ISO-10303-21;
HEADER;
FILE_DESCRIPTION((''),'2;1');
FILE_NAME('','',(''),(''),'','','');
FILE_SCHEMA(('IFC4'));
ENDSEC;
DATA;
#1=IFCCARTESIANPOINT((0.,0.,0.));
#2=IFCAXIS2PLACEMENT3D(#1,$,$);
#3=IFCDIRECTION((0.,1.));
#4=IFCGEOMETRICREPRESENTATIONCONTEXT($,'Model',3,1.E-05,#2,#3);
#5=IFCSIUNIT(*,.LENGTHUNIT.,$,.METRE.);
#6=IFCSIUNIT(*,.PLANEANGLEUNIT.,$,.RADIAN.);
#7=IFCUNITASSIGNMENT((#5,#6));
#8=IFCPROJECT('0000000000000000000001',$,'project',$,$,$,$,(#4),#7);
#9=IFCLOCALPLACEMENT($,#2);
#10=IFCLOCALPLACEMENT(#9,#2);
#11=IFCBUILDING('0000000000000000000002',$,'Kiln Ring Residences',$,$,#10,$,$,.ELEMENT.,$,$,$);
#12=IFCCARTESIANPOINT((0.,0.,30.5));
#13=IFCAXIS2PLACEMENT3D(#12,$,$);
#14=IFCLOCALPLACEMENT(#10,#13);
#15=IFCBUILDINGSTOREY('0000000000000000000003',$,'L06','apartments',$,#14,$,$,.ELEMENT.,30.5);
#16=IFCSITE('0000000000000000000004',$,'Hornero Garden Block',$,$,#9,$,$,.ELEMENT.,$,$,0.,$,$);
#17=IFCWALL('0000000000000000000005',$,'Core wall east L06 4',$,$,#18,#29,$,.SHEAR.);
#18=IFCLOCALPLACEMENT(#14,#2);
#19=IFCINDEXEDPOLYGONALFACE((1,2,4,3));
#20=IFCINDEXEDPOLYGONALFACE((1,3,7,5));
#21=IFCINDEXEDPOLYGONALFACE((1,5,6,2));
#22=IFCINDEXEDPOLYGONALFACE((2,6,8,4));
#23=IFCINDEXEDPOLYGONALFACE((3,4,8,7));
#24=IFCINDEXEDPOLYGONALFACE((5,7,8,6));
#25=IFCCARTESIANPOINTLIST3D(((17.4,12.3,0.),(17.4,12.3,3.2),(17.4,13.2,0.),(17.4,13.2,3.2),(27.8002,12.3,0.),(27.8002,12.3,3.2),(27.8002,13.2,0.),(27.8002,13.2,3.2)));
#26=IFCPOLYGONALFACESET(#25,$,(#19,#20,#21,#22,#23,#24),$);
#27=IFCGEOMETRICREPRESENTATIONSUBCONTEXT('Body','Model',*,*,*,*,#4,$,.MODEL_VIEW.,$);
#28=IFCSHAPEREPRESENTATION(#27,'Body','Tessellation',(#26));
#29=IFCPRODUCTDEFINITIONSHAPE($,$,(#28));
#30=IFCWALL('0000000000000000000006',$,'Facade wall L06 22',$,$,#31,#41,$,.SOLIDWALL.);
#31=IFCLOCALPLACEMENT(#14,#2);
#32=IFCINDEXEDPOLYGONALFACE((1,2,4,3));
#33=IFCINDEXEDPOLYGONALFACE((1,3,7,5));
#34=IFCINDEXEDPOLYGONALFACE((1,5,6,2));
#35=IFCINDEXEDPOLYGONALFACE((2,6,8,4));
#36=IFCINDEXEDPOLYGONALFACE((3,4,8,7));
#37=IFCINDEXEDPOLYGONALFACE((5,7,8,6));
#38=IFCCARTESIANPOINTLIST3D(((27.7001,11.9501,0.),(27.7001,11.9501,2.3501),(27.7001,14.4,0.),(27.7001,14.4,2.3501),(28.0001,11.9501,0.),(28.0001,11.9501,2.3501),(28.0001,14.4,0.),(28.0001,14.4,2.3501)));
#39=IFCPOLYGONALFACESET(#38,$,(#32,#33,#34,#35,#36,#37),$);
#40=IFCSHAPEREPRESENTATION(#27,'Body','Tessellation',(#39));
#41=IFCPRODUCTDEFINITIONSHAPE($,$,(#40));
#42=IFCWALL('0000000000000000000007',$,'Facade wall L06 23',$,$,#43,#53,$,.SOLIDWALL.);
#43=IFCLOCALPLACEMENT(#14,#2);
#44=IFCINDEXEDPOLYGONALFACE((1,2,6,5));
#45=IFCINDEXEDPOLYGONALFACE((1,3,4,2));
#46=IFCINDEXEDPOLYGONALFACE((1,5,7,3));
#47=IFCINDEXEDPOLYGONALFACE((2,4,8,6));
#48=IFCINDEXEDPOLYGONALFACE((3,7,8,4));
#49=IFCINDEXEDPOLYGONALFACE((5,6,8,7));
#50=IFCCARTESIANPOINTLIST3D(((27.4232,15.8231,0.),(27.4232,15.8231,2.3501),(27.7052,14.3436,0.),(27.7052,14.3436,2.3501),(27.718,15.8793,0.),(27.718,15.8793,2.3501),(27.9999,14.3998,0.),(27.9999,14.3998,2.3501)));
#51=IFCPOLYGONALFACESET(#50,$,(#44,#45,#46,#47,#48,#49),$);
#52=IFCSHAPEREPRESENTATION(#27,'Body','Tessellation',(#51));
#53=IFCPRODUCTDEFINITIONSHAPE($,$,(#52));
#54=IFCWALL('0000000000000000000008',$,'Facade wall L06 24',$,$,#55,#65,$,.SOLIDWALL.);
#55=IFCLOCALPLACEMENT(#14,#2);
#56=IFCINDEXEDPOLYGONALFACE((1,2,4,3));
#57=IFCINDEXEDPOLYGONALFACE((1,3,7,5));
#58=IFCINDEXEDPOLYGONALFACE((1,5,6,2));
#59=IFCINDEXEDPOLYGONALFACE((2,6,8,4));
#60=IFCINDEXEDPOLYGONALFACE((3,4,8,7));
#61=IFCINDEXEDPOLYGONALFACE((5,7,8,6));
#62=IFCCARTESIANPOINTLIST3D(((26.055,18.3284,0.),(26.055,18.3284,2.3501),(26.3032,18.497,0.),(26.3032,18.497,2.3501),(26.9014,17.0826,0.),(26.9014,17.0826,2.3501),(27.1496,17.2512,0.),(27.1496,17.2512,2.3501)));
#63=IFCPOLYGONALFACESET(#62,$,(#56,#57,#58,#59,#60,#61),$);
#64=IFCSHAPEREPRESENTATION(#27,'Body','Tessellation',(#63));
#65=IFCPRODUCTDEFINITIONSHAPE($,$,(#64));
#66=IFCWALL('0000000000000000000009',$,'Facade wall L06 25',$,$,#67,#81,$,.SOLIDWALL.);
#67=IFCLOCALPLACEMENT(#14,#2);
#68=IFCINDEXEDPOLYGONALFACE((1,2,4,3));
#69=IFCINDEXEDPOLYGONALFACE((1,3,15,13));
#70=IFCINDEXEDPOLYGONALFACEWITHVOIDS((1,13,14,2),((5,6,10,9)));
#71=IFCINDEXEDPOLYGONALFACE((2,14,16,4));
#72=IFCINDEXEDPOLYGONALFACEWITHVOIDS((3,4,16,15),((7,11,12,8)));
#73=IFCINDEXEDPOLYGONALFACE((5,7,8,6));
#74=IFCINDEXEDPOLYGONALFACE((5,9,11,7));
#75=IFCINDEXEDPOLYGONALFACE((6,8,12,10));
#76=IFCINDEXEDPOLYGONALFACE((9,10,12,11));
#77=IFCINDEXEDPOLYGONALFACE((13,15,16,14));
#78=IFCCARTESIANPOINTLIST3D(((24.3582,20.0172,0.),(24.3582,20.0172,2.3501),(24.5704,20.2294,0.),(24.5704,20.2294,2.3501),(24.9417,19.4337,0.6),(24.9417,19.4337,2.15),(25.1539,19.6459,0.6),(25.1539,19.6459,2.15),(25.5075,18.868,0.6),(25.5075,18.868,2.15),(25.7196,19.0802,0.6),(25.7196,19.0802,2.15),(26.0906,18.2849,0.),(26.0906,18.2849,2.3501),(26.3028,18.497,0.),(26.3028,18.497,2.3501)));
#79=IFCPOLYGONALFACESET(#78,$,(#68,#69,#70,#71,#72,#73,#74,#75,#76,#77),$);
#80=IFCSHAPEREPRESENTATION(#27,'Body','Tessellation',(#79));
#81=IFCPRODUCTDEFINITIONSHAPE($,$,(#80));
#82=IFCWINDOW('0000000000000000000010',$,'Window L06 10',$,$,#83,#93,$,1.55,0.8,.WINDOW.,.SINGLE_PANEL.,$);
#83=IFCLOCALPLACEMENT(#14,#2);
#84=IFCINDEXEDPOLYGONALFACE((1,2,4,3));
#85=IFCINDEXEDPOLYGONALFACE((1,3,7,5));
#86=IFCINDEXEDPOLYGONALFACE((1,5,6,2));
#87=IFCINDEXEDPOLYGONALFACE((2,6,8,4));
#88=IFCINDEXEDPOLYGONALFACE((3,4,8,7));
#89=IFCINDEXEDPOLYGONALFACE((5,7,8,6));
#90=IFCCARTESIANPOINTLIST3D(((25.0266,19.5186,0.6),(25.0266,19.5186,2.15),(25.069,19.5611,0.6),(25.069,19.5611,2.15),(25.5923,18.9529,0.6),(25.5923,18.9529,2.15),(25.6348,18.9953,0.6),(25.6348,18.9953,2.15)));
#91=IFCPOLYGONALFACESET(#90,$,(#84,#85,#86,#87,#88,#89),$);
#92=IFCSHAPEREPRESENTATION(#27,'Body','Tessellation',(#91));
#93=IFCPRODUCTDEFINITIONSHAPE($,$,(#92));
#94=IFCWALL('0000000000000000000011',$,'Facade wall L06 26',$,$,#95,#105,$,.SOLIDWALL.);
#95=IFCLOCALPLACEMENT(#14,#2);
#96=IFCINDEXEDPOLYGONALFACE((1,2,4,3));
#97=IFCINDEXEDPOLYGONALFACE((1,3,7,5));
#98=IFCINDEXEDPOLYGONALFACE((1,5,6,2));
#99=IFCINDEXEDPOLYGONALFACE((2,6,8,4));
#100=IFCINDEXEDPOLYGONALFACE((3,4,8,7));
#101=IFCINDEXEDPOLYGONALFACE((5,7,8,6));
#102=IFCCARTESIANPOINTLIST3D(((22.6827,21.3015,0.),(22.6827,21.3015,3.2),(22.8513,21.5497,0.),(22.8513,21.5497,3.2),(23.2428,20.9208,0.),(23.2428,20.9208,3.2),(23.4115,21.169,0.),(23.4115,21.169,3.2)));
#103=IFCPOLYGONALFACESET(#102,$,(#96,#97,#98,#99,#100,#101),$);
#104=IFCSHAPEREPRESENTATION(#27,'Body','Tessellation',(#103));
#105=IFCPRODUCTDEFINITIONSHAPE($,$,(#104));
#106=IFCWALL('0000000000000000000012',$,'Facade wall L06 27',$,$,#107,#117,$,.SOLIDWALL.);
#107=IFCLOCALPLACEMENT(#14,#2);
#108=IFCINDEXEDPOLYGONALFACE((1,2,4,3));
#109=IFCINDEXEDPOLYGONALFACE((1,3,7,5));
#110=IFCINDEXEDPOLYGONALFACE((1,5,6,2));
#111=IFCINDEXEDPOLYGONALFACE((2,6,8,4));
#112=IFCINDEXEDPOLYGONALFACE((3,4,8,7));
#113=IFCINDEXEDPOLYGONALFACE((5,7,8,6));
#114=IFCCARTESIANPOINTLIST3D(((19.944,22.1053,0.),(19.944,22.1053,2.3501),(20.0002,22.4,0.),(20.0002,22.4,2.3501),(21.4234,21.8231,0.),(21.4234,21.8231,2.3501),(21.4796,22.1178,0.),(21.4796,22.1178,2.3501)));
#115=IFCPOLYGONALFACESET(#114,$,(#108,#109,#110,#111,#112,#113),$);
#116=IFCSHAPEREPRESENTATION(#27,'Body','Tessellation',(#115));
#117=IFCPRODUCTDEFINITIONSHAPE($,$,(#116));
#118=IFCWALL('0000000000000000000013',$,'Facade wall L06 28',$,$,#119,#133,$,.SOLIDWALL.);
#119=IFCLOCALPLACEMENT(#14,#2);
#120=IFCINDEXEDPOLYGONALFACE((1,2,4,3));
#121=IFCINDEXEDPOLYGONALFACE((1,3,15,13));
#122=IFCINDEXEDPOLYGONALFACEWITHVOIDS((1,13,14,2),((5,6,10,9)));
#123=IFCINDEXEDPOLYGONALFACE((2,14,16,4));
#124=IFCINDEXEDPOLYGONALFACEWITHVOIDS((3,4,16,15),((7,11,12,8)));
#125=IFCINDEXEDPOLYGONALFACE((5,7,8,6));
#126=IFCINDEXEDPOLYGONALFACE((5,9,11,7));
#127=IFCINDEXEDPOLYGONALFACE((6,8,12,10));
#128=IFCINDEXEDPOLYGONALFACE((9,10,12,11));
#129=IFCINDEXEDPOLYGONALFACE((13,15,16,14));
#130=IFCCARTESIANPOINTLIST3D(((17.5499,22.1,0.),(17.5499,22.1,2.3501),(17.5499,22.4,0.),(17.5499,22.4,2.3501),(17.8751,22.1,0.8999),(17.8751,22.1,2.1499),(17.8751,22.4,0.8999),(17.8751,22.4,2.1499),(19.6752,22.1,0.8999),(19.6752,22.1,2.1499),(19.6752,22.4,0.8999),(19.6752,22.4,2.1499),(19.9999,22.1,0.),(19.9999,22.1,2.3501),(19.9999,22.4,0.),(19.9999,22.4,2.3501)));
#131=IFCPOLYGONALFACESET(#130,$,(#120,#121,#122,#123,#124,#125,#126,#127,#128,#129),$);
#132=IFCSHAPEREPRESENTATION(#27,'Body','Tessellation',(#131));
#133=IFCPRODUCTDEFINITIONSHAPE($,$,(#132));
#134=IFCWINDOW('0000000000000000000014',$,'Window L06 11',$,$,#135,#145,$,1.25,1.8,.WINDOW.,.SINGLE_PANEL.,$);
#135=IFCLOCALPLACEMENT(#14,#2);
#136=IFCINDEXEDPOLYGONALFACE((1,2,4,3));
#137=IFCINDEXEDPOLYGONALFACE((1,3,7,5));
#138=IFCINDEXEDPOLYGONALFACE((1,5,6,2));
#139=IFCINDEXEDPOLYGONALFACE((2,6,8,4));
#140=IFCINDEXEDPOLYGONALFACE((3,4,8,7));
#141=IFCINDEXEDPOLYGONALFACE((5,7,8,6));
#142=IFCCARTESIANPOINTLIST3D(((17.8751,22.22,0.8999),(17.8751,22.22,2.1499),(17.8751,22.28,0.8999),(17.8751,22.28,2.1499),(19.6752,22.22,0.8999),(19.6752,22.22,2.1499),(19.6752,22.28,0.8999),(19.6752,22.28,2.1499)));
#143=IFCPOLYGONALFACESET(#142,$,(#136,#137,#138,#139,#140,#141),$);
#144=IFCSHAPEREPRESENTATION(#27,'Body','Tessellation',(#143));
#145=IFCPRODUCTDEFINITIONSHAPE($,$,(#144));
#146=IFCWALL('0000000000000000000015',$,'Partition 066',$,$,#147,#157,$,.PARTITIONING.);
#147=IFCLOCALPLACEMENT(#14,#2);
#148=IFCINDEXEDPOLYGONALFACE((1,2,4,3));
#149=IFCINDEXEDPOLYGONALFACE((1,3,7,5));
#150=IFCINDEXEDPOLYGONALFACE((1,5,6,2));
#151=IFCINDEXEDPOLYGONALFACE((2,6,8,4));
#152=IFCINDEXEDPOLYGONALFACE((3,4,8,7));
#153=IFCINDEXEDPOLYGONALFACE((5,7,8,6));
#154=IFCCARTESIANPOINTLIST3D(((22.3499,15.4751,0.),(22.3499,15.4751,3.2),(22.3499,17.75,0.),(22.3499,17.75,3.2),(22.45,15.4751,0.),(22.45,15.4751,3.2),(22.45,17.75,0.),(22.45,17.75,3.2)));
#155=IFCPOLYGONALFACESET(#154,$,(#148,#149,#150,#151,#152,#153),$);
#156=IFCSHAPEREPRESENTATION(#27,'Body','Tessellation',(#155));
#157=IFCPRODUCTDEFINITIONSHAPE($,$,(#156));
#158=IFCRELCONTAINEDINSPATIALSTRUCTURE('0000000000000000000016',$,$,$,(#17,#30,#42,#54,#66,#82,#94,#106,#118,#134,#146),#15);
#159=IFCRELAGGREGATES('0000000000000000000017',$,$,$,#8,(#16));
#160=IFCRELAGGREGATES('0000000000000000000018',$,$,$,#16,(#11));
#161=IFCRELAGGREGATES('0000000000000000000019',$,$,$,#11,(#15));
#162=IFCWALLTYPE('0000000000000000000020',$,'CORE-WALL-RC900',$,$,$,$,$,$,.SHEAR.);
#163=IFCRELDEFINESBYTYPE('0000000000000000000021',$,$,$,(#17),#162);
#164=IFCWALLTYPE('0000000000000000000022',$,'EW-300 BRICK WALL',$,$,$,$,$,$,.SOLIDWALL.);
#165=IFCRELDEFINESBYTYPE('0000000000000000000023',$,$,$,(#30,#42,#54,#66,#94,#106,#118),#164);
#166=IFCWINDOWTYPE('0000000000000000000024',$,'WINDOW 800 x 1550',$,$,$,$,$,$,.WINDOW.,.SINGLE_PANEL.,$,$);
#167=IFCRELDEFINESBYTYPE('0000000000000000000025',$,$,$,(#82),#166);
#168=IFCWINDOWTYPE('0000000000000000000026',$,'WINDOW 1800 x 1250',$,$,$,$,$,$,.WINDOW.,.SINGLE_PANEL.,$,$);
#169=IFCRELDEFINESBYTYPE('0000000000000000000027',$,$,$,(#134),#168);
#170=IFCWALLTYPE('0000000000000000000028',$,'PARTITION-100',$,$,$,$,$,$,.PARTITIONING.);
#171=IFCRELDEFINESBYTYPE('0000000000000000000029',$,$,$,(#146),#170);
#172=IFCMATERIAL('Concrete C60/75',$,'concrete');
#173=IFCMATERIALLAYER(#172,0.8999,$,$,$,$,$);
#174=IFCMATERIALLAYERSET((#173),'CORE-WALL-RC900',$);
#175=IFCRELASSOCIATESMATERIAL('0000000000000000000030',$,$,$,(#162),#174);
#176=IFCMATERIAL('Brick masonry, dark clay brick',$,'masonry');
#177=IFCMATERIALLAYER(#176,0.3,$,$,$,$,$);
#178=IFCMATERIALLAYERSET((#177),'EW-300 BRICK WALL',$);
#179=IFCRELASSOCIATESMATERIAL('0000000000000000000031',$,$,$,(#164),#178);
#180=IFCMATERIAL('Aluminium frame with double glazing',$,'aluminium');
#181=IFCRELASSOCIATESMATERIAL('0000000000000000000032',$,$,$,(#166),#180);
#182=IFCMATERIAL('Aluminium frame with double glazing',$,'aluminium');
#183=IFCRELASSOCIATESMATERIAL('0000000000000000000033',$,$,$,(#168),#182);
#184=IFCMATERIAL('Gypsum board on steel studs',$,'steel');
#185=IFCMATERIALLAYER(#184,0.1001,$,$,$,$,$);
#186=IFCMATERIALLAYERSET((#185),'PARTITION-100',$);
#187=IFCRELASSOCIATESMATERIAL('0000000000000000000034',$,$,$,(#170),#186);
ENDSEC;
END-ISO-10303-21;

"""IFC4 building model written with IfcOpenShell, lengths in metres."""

from ifc_helpers import new_model, si_unit, direction, frame, frame_2d, origin, place, context, subcontext, project, spatial, rectangle, extrude, material, layer, layer_set, type_object, element, fill, save


model = new_model("IFC4")

# Units and contexts
model_context = context("Model", 3, precision=1e-05, world=origin(), true_north=direction((0.0, 1.0)))
body_context = subcontext(model_context, "Body", "Model", "MODEL_VIEW")
ifc_project = project(units=[si_unit("LENGTHUNIT", "METRE"), si_unit("PLANEANGLEUNIT", "RADIAN")], contexts=[model_context])

# Site, building, storey
site_placement = place(None, origin())
site = spatial("IfcSite", under=ifc_project, at=site_placement, Name="Hornero Garden Block", CompositionType="ELEMENT", RefElevation=0.0)
building_placement = place(site_placement, origin())
building = spatial("IfcBuilding", under=site, at=building_placement, Name="Kiln Ring Residences", CompositionType="ELEMENT")
storey_placement = place(building_placement, frame((0.0, 0.0, 30.5)))
storey = spatial("IfcBuildingStorey", under=building, at=storey_placement, Name="L06", Description="apartments", CompositionType="ELEMENT", Elevation=30.5)

# Walls
ifc_material_1 = material(Name="Concrete C60/75", Category="concrete")
ifc_layer_1 = layer(ifc_material_1, 0.8999)
ifc_layer_set_1 = layer_set([ifc_layer_1], Name="CORE-WALL-RC900")
wall_type_1 = type_object("IfcWallType", Name="CORE-WALL-RC900", PredefinedType="SHEAR", material=ifc_layer_set_1)
wall_1_placement = place(storey_placement, frame((17.3999, 12.75, 0.0), z_axis=(0.0, 0.0, 1.0), x_axis=(1.0, 0.0, 0.0)))
element("IfcWall", 1, at=wall_1_placement, inside=storey, type_object=wall_type_1, Name="Core wall east L06 4", PredefinedType="SHEAR", context=body_context, shape_type="SweptSolid", body=[
    extrude(rectangle(XDim=10.4001, YDim=0.8999, at=frame_2d((5.2002, 0.0))), origin(), (0.0, 0.0, 1.0), 3.2),
])
ifc_material_2 = material(Name="Brick masonry, dark clay brick", Category="masonry")
ifc_layer_2 = layer(ifc_material_2, 0.3)
ifc_layer_set_2 = layer_set([ifc_layer_2], Name="EW-300 BRICK WALL")
wall_type_2 = type_object("IfcWallType", Name="EW-300 BRICK WALL", PredefinedType="SOLIDWALL", material=ifc_layer_set_2)
wall_2_placement = place(storey_placement, frame((27.8501, 11.95, 0.0), z_axis=(0.0, 0.0, 1.0), x_axis=(0.0, 1.0, 0.0)))
element("IfcWall", 2, at=wall_2_placement, inside=storey, type_object=wall_type_2, Name="Facade wall L06 22", PredefinedType="SOLIDWALL", context=body_context, shape_type="SweptSolid", body=[
    extrude(rectangle(XDim=2.45, YDim=0.3, at=frame_2d((1.2251, 0.0))), origin(), (0.0, 0.0, 1.0), 2.3501),
])
for number, where, z_axis, x_axis, name in (
    (3, (27.8525, 14.3718, 0.0), (0.0, 0.0, 1.0), (-0.187224, 0.982317, 0.0), "Facade wall L06 23"),
    (4, (27.0254, 17.167, 0.0), (0.0, 0.0, 1.0), (-0.561973, 0.827156, 0.0), "Facade wall L06 24"),
):
    element("IfcWall", number, at=place(storey_placement, frame(where, z_axis=z_axis, x_axis=x_axis)), inside=storey, type_object=wall_type_2, Name=name, PredefinedType="SOLIDWALL", context=body_context, shape_type="SweptSolid", body=[
        extrude(rectangle(XDim=1.5061, YDim=0.3, at=frame_2d((0.7529, 0.0))), origin(), (0.0, 0.0, 1.0), 2.3501),
    ])

# Wall, opening, window
wall_3_placement = place(storey_placement, frame((26.1968, 18.3909, 0.0), z_axis=(0.0, 0.0, 1.0), x_axis=(-0.707107, 0.707107, 0.0)))
wall_3 = element("IfcWall", 5, at=wall_3_placement, inside=storey, type_object=wall_type_2, Name="Facade wall L06 25", PredefinedType="SOLIDWALL", context=body_context, shape_type="SweptSolid", body=[
    extrude(rectangle(XDim=2.45, YDim=0.3, at=frame_2d((1.2251, 0.0))), origin(), (0.0, 0.0, 1.0), 2.3501),
])
opening_1_placement = place(wall_3_placement, frame((0.825, 0.0, 0.6001)))
opening_1 = element("IfcOpeningElement", 6, at=opening_1_placement, cuts=wall_3, PredefinedType="OPENING", context=body_context, shape_type="SweptSolid", body=[
    extrude(rectangle(XDim=0.8, YDim=1.55, at=frame_2d((0.3999, 0.7749))), frame((0.0, 0.1599, 0.0), z_axis=(0.0, -1.0, 0.0), x_axis=(1.0, 0.0, 0.0)), (0.0, 0.0, 1.0), 0.3201),
])
ifc_material_3 = material(Name="Aluminium frame with double glazing", Category="aluminium")
window_type_1 = type_object("IfcWindowType", Name="WINDOW 800 x 1550", PartitioningType="SINGLE_PANEL", PredefinedType="WINDOW", material=ifc_material_3)
window_1_placement = place(opening_1_placement, origin())
window_1 = element("IfcWindow", 7, at=window_1_placement, inside=storey, type_object=window_type_1, Name="Window L06 10", OverallHeight=1.55, OverallWidth=0.8, PartitioningType="SINGLE_PANEL", PredefinedType="WINDOW", context=body_context, shape_type="SweptSolid", body=[
    extrude(rectangle(XDim=0.8, YDim=1.55, at=frame_2d((0.3999, 0.7749))), frame((0.0, 0.03, 0.0), z_axis=(0.0, -1.0, 0.0), x_axis=(1.0, 0.0, 0.0)), (0.0, 0.0, 1.0), 0.0601),
])
fill(opening_1, window_1)

# Walls
wall_4_placement = place(storey_placement, frame((23.3271, 21.0449, 0.0), z_axis=(0.0, 0.0, 1.0), x_axis=(-0.827081, 0.562083, 0.0)))
element("IfcWall", 8, at=wall_4_placement, inside=storey, type_object=wall_type_2, Name="Facade wall L06 26", PredefinedType="SOLIDWALL", context=body_context, shape_type="SweptSolid", body=[
    extrude(rectangle(XDim=0.6772, YDim=0.3, at=frame_2d((0.3386, 0.0))), origin(), (0.0, 0.0, 1.0), 3.2),
])
wall_5_placement = place(storey_placement, frame((21.4514, 21.9705, 0.0), z_axis=(0.0, 0.0, 1.0), x_axis=(-0.982287, 0.18738, 0.0)))
element("IfcWall", 9, at=wall_5_placement, inside=storey, type_object=wall_type_2, Name="Facade wall L06 27", PredefinedType="SOLIDWALL", context=body_context, shape_type="SweptSolid", body=[
    extrude(rectangle(XDim=1.5061, YDim=0.3, at=frame_2d((0.7529, 0.0))), origin(), (0.0, 0.0, 1.0), 2.3501),
])

# Wall, opening, window
wall_6_placement = place(storey_placement, frame((20.0, 22.25, 0.0), z_axis=(0.0, 0.0, 1.0), x_axis=(-1.0, 0.0, 0.0)))
wall_6 = element("IfcWall", 10, at=wall_6_placement, inside=storey, type_object=wall_type_2, Name="Facade wall L06 28", PredefinedType="SOLIDWALL", context=body_context, shape_type="SweptSolid", body=[
    extrude(rectangle(XDim=2.45, YDim=0.3, at=frame_2d((1.2251, 0.0))), origin(), (0.0, 0.0, 1.0), 2.3501),
])
opening_2_placement = place(wall_6_placement, frame((0.325, 0.0, 0.8999)))
opening_2 = element("IfcOpeningElement", 11, at=opening_2_placement, cuts=wall_6, PredefinedType="OPENING", context=body_context, shape_type="SweptSolid", body=[
    extrude(rectangle(XDim=1.8, YDim=1.25, at=frame_2d((0.8999, 0.625))), frame((0.0, 0.1599, 0.0), z_axis=(0.0, -1.0, 0.0), x_axis=(1.0, 0.0, 0.0)), (0.0, 0.0, 1.0), 0.3201),
])
ifc_material_4 = material(Name="Aluminium frame with double glazing", Category="aluminium")
window_type_2 = type_object("IfcWindowType", Name="WINDOW 1800 x 1250", PartitioningType="SINGLE_PANEL", PredefinedType="WINDOW", material=ifc_material_4)
window_2_placement = place(opening_2_placement, origin())
window_2 = element("IfcWindow", 12, at=window_2_placement, inside=storey, type_object=window_type_2, Name="Window L06 11", OverallHeight=1.25, OverallWidth=1.8, PartitioningType="SINGLE_PANEL", PredefinedType="WINDOW", context=body_context, shape_type="SweptSolid", body=[
    extrude(rectangle(XDim=1.8, YDim=1.25, at=frame_2d((0.8999, 0.625))), frame((0.0, 0.03, 0.0), z_axis=(0.0, -1.0, 0.0), x_axis=(1.0, 0.0, 0.0)), (0.0, 0.0, 1.0), 0.0601),
])
fill(opening_2, window_2)

# Wall
ifc_material_5 = material(Name="Gypsum board on steel studs", Category="steel")
ifc_layer_3 = layer(ifc_material_5, 0.1001)
ifc_layer_set_3 = layer_set([ifc_layer_3], Name="PARTITION-100")
wall_type_3 = type_object("IfcWallType", Name="PARTITION-100", PredefinedType="PARTITIONING", material=ifc_layer_set_3)
wall_7_placement = place(storey_placement, frame((22.3999, 15.4751, 0.0), z_axis=(0.0, 0.0, 1.0), x_axis=(0.0, 1.0, 0.0)))
element("IfcWall", 13, at=wall_7_placement, inside=storey, type_object=wall_type_3, Name="Partition 066", PredefinedType="PARTITIONING", context=body_context, shape_type="SweptSolid", body=[
    extrude(rectangle(XDim=2.2749, YDim=0.1001, at=frame_2d((1.1375, 0.0))), origin(), (0.0, 0.0, 1.0), 3.2),
])

save(model, "model.ifc")
